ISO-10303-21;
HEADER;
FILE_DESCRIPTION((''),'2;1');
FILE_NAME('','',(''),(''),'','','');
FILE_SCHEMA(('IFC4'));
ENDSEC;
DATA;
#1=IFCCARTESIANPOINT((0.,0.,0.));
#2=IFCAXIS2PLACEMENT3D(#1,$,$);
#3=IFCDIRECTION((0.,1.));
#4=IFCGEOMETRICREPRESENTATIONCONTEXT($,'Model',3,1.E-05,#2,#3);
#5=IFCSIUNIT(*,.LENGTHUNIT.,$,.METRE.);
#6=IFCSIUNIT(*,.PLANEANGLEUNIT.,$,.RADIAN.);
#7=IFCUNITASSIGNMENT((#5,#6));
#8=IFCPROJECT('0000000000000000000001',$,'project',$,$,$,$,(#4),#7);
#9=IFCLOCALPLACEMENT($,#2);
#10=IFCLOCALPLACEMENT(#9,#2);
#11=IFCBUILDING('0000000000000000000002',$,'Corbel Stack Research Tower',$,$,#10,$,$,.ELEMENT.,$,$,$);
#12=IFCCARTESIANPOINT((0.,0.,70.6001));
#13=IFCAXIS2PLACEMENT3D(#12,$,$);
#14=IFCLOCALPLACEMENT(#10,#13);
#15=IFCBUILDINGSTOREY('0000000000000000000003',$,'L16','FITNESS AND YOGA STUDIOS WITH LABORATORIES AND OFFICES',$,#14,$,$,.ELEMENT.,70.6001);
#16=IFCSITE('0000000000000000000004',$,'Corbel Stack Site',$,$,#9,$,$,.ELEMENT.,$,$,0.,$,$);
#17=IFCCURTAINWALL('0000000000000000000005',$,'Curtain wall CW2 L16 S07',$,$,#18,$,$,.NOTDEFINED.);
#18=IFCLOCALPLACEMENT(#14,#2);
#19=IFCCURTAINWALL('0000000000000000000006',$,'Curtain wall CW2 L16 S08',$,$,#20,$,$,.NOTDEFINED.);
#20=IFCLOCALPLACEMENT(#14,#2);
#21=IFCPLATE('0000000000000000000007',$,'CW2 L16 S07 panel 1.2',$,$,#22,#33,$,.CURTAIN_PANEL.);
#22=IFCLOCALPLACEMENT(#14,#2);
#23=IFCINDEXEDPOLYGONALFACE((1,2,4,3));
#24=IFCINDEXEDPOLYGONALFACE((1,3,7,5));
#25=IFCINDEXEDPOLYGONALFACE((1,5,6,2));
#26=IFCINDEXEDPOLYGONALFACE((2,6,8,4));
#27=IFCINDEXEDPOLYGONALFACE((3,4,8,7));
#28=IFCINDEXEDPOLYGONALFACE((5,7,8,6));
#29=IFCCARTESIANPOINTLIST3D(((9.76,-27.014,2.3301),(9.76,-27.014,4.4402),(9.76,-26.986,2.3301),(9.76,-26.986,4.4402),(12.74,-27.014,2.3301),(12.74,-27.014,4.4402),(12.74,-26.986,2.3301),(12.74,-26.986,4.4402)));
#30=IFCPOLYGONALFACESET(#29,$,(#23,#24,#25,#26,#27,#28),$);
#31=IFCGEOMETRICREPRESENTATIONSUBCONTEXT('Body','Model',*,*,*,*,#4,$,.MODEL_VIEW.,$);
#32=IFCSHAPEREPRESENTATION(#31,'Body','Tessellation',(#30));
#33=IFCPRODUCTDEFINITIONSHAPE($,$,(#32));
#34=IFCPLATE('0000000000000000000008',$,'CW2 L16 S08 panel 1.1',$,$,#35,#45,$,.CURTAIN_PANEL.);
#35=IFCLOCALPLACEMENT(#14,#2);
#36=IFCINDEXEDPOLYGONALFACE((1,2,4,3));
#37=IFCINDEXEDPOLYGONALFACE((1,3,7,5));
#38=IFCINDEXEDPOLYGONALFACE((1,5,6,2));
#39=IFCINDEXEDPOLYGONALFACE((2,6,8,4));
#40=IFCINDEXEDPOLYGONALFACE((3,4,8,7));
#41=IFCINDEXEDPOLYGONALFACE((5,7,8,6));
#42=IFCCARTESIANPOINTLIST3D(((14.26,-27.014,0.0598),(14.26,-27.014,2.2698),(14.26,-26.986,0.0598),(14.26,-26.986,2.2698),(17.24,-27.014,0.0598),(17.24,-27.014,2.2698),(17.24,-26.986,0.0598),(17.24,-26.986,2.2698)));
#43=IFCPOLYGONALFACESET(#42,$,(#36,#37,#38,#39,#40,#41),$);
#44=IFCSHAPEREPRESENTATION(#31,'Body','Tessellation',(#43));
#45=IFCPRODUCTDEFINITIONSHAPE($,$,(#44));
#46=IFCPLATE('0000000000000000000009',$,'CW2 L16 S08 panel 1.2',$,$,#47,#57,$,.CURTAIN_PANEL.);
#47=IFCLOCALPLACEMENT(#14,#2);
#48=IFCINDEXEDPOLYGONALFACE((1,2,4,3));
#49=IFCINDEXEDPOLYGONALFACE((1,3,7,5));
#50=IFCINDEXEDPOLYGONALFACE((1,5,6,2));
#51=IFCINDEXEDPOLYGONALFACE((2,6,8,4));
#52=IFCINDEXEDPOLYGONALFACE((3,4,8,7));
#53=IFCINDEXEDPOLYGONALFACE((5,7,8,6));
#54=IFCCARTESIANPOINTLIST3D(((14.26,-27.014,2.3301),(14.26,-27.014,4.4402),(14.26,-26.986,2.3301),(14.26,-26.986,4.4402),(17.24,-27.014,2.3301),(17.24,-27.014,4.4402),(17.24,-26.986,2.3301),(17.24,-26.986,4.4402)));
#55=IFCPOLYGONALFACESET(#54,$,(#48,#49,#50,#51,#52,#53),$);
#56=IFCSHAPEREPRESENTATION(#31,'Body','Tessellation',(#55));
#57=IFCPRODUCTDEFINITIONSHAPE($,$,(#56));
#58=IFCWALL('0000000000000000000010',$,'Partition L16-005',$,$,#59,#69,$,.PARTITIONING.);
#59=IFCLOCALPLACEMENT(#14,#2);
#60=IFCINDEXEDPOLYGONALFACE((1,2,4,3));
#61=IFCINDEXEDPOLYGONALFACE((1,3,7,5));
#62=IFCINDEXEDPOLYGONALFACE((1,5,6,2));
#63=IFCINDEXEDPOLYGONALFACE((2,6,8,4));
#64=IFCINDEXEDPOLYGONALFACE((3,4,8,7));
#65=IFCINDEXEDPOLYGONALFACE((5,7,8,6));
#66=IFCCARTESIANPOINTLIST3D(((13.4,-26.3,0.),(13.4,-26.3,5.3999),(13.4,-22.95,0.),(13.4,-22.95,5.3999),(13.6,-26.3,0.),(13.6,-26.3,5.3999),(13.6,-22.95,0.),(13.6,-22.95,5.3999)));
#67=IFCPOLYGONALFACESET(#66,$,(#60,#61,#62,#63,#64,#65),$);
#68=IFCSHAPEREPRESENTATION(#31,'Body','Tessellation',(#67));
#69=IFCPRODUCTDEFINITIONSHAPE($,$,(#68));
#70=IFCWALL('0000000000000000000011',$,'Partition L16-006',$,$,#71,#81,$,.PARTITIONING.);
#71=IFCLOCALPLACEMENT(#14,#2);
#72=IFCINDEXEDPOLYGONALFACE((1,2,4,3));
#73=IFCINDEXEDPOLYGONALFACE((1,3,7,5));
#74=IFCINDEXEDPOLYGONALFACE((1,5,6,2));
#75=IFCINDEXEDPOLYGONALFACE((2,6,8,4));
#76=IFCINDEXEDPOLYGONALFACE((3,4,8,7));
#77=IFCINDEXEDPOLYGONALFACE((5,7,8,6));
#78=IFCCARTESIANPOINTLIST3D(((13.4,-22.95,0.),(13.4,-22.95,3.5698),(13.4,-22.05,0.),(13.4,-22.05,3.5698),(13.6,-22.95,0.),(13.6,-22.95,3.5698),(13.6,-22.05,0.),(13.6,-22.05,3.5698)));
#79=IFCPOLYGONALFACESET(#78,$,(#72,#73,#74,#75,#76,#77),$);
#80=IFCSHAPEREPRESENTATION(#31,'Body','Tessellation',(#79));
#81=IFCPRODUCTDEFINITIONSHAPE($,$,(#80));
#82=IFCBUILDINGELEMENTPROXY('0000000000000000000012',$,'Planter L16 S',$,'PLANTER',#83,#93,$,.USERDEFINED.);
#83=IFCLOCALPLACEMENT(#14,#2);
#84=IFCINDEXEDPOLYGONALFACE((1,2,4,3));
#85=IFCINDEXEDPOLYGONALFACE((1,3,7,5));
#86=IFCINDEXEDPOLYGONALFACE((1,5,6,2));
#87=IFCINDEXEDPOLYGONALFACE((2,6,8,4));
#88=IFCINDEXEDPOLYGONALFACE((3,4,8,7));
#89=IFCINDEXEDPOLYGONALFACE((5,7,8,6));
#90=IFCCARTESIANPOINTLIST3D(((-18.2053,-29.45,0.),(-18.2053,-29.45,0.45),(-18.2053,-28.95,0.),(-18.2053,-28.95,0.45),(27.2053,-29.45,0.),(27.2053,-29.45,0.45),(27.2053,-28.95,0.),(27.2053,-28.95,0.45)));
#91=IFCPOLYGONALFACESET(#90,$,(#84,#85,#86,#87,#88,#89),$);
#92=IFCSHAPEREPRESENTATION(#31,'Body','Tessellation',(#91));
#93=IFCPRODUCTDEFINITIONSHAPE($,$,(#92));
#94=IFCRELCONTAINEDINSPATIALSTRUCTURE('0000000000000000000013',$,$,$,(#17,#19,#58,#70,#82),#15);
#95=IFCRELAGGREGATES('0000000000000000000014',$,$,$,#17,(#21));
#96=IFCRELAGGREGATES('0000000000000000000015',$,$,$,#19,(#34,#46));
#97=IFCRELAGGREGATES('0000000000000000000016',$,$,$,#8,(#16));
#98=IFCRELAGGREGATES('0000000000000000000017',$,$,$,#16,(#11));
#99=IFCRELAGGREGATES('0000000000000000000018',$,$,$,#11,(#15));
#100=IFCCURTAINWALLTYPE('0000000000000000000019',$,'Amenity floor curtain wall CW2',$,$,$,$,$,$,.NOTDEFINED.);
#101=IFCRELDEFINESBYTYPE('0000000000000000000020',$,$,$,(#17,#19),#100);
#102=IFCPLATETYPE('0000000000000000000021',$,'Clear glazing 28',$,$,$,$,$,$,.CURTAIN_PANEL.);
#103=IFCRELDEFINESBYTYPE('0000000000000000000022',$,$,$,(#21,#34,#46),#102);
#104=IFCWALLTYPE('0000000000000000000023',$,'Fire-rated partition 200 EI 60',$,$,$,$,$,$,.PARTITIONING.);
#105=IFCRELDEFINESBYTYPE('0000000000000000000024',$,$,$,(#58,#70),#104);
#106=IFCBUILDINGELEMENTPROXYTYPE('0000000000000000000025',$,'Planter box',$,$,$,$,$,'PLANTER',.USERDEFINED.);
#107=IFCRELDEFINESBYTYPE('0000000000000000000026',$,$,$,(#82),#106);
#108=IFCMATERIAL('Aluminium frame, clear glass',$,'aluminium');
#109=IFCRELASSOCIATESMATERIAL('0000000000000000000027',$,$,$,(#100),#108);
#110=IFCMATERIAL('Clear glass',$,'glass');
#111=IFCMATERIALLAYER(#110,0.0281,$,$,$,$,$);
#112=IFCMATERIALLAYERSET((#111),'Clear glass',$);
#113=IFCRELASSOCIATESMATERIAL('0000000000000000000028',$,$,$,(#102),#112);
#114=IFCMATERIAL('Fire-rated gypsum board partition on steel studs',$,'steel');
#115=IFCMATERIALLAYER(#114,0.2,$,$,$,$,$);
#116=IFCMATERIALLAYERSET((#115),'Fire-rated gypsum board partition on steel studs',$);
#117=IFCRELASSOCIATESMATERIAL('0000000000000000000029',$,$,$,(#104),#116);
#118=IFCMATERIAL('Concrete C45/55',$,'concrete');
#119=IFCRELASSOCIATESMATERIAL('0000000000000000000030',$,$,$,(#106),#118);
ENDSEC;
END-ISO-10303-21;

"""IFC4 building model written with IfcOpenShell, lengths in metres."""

from ifc_helpers import new_model, si_unit, direction, frame, frame_2d, origin, origin_2d, place, context, subcontext, project, spatial, rectangle, extrude, material, layer, layer_set, type_object, element, aggregate, save


model = new_model("IFC4")

# Units and contexts
model_context = context("Model", 3, precision=1e-05, world=origin(), true_north=direction((0.0, 1.0)))
body_context = subcontext(model_context, "Body", "Model", "MODEL_VIEW")
ifc_project = project(units=[si_unit("LENGTHUNIT", "METRE"), si_unit("PLANEANGLEUNIT", "RADIAN")], contexts=[model_context])

# Site, building, storey
site_placement = place(None, origin())
site = spatial("IfcSite", under=ifc_project, at=site_placement, Name="Corbel Stack Site", CompositionType="ELEMENT", RefElevation=0.0)
building_placement = place(site_placement, origin())
building = spatial("IfcBuilding", under=site, at=building_placement, Name="Corbel Stack Research Tower", CompositionType="ELEMENT")
storey_placement = place(building_placement, frame((0.0, 0.0, 70.6001)))
storey = spatial("IfcBuildingStorey", under=building, at=storey_placement, Name="L16", Description="FITNESS AND YOGA STUDIOS WITH LABORATORIES AND OFFICES", CompositionType="ELEMENT", Elevation=70.6001)

# Shared definitions
ifc_material_1 = material(Name="Aluminium frame, clear glass", Category="aluminium")
curtain_wall_type = type_object("IfcCurtainWallType", Name="Amenity floor curtain wall CW2", PredefinedType="NOTDEFINED", material=ifc_material_1)

# Curtain walls
curtain_wall_1_placement = place(storey_placement, origin())
curtain_wall_1 = element("IfcCurtainWall", 1, at=curtain_wall_1_placement, inside=storey, type_object=curtain_wall_type, Name="Curtain wall CW2 L16 S07", PredefinedType="NOTDEFINED")
curtain_wall_2_placement = place(storey_placement, origin())
curtain_wall_2 = element("IfcCurtainWall", 2, at=curtain_wall_2_placement, inside=storey, type_object=curtain_wall_type, Name="Curtain wall CW2 L16 S08", PredefinedType="NOTDEFINED")

# Plates
ifc_material_2 = material(Name="Clear glass", Category="glass")
ifc_layer_1 = layer(ifc_material_2, 0.0281)
ifc_layer_set_1 = layer_set([ifc_layer_1], Name="Clear glass")
plate_type = type_object("IfcPlateType", Name="Clear glazing 28", PredefinedType="CURTAIN_PANEL", material=ifc_layer_set_1)
plate_1_placement = place(storey_placement, frame((11.25, -27.0, 2.3301), z_axis=(0.0, 0.0, 1.0), x_axis=(1.0, 0.0, 0.0)))
plate_1 = element("IfcPlate", 3, at=plate_1_placement, type_object=plate_type, Name="CW2 L16 S07 panel 1.2", PredefinedType="CURTAIN_PANEL", context=body_context, shape_type="SweptSolid", body=[
    extrude(rectangle(XDim=2.98, YDim=0.0281, at=origin_2d()), origin(), (0.0, 0.0, 1.0), 2.1101),
])
aggregate(curtain_wall_1, [plate_1])
plate_2_placement = place(storey_placement, frame((15.75, -27.0, 0.0598), z_axis=(0.0, 0.0, 1.0), x_axis=(1.0, 0.0, 0.0)))
plate_2 = element("IfcPlate", 4, at=plate_2_placement, type_object=plate_type, Name="CW2 L16 S08 panel 1.1", PredefinedType="CURTAIN_PANEL", context=body_context, shape_type="SweptSolid", body=[
    extrude(rectangle(XDim=2.98, YDim=0.0281, at=origin_2d()), origin(), (0.0, 0.0, 1.0), 2.21),
])
plate_3_placement = place(storey_placement, frame((15.75, -27.0, 2.3301), z_axis=(0.0, 0.0, 1.0), x_axis=(1.0, 0.0, 0.0)))
plate_3 = element("IfcPlate", 5, at=plate_3_placement, type_object=plate_type, Name="CW2 L16 S08 panel 1.2", PredefinedType="CURTAIN_PANEL", context=body_context, shape_type="SweptSolid", body=[
    extrude(rectangle(XDim=2.98, YDim=0.0281, at=origin_2d()), origin(), (0.0, 0.0, 1.0), 2.1101),
])
aggregate(curtain_wall_2, [plate_2, plate_3])

# Walls
ifc_material_3 = material(Name="Fire-rated gypsum board partition on steel studs", Category="steel")
ifc_layer_2 = layer(ifc_material_3, 0.2)
ifc_layer_set_2 = layer_set([ifc_layer_2], Name="Fire-rated gypsum board partition on steel studs")
wall_type = type_object("IfcWallType", Name="Fire-rated partition 200 EI 60", PredefinedType="PARTITIONING", material=ifc_layer_set_2)
wall_1_placement = place(storey_placement, frame((13.5, -26.3, 0.0), z_axis=(0.0, 0.0, 1.0), x_axis=(0.0, 1.0, 0.0)))
element("IfcWall", 6, at=wall_1_placement, inside=storey, type_object=wall_type, Name="Partition L16-005", PredefinedType="PARTITIONING", context=body_context, shape_type="SweptSolid", body=[
    extrude(rectangle(XDim=3.3501, YDim=0.2, at=frame_2d((1.675, 0.0))), origin(), (0.0, 0.0, 1.0), 5.3999),
])
wall_2_placement = place(storey_placement, frame((13.5, -22.95, 0.0), z_axis=(0.0, 0.0, 1.0), x_axis=(0.0, 1.0, 0.0)))
element("IfcWall", 7, at=wall_2_placement, inside=storey, type_object=wall_type, Name="Partition L16-006", PredefinedType="PARTITIONING", context=body_context, shape_type="SweptSolid", body=[
    extrude(rectangle(XDim=0.8999, YDim=0.2, at=frame_2d((0.45, 0.0))), origin(), (0.0, 0.0, 1.0), 3.5698),
])

# Building element proxy
ifc_material_4 = material(Name="Concrete C45/55", Category="concrete")
building_element_proxy_type = type_object("IfcBuildingElementProxyType", Name="Planter box", ElementType="PLANTER", PredefinedType="USERDEFINED", material=ifc_material_4)
proxy_placement = place(storey_placement, frame((4.5, -29.2, 0.0), z_axis=(0.0, 0.0, 1.0), x_axis=(1.0, 0.0, 0.0)))
element("IfcBuildingElementProxy", 8, at=proxy_placement, inside=storey, type_object=building_element_proxy_type, Name="Planter L16 S", ObjectType="PLANTER", PredefinedType="USERDEFINED", context=body_context, shape_type="SweptSolid", body=[
    extrude(rectangle(XDim=45.4106, YDim=0.5, at=origin_2d()), origin(), (0.0, 0.0, 1.0), 0.45),
])

save(model, "model.ifc")
